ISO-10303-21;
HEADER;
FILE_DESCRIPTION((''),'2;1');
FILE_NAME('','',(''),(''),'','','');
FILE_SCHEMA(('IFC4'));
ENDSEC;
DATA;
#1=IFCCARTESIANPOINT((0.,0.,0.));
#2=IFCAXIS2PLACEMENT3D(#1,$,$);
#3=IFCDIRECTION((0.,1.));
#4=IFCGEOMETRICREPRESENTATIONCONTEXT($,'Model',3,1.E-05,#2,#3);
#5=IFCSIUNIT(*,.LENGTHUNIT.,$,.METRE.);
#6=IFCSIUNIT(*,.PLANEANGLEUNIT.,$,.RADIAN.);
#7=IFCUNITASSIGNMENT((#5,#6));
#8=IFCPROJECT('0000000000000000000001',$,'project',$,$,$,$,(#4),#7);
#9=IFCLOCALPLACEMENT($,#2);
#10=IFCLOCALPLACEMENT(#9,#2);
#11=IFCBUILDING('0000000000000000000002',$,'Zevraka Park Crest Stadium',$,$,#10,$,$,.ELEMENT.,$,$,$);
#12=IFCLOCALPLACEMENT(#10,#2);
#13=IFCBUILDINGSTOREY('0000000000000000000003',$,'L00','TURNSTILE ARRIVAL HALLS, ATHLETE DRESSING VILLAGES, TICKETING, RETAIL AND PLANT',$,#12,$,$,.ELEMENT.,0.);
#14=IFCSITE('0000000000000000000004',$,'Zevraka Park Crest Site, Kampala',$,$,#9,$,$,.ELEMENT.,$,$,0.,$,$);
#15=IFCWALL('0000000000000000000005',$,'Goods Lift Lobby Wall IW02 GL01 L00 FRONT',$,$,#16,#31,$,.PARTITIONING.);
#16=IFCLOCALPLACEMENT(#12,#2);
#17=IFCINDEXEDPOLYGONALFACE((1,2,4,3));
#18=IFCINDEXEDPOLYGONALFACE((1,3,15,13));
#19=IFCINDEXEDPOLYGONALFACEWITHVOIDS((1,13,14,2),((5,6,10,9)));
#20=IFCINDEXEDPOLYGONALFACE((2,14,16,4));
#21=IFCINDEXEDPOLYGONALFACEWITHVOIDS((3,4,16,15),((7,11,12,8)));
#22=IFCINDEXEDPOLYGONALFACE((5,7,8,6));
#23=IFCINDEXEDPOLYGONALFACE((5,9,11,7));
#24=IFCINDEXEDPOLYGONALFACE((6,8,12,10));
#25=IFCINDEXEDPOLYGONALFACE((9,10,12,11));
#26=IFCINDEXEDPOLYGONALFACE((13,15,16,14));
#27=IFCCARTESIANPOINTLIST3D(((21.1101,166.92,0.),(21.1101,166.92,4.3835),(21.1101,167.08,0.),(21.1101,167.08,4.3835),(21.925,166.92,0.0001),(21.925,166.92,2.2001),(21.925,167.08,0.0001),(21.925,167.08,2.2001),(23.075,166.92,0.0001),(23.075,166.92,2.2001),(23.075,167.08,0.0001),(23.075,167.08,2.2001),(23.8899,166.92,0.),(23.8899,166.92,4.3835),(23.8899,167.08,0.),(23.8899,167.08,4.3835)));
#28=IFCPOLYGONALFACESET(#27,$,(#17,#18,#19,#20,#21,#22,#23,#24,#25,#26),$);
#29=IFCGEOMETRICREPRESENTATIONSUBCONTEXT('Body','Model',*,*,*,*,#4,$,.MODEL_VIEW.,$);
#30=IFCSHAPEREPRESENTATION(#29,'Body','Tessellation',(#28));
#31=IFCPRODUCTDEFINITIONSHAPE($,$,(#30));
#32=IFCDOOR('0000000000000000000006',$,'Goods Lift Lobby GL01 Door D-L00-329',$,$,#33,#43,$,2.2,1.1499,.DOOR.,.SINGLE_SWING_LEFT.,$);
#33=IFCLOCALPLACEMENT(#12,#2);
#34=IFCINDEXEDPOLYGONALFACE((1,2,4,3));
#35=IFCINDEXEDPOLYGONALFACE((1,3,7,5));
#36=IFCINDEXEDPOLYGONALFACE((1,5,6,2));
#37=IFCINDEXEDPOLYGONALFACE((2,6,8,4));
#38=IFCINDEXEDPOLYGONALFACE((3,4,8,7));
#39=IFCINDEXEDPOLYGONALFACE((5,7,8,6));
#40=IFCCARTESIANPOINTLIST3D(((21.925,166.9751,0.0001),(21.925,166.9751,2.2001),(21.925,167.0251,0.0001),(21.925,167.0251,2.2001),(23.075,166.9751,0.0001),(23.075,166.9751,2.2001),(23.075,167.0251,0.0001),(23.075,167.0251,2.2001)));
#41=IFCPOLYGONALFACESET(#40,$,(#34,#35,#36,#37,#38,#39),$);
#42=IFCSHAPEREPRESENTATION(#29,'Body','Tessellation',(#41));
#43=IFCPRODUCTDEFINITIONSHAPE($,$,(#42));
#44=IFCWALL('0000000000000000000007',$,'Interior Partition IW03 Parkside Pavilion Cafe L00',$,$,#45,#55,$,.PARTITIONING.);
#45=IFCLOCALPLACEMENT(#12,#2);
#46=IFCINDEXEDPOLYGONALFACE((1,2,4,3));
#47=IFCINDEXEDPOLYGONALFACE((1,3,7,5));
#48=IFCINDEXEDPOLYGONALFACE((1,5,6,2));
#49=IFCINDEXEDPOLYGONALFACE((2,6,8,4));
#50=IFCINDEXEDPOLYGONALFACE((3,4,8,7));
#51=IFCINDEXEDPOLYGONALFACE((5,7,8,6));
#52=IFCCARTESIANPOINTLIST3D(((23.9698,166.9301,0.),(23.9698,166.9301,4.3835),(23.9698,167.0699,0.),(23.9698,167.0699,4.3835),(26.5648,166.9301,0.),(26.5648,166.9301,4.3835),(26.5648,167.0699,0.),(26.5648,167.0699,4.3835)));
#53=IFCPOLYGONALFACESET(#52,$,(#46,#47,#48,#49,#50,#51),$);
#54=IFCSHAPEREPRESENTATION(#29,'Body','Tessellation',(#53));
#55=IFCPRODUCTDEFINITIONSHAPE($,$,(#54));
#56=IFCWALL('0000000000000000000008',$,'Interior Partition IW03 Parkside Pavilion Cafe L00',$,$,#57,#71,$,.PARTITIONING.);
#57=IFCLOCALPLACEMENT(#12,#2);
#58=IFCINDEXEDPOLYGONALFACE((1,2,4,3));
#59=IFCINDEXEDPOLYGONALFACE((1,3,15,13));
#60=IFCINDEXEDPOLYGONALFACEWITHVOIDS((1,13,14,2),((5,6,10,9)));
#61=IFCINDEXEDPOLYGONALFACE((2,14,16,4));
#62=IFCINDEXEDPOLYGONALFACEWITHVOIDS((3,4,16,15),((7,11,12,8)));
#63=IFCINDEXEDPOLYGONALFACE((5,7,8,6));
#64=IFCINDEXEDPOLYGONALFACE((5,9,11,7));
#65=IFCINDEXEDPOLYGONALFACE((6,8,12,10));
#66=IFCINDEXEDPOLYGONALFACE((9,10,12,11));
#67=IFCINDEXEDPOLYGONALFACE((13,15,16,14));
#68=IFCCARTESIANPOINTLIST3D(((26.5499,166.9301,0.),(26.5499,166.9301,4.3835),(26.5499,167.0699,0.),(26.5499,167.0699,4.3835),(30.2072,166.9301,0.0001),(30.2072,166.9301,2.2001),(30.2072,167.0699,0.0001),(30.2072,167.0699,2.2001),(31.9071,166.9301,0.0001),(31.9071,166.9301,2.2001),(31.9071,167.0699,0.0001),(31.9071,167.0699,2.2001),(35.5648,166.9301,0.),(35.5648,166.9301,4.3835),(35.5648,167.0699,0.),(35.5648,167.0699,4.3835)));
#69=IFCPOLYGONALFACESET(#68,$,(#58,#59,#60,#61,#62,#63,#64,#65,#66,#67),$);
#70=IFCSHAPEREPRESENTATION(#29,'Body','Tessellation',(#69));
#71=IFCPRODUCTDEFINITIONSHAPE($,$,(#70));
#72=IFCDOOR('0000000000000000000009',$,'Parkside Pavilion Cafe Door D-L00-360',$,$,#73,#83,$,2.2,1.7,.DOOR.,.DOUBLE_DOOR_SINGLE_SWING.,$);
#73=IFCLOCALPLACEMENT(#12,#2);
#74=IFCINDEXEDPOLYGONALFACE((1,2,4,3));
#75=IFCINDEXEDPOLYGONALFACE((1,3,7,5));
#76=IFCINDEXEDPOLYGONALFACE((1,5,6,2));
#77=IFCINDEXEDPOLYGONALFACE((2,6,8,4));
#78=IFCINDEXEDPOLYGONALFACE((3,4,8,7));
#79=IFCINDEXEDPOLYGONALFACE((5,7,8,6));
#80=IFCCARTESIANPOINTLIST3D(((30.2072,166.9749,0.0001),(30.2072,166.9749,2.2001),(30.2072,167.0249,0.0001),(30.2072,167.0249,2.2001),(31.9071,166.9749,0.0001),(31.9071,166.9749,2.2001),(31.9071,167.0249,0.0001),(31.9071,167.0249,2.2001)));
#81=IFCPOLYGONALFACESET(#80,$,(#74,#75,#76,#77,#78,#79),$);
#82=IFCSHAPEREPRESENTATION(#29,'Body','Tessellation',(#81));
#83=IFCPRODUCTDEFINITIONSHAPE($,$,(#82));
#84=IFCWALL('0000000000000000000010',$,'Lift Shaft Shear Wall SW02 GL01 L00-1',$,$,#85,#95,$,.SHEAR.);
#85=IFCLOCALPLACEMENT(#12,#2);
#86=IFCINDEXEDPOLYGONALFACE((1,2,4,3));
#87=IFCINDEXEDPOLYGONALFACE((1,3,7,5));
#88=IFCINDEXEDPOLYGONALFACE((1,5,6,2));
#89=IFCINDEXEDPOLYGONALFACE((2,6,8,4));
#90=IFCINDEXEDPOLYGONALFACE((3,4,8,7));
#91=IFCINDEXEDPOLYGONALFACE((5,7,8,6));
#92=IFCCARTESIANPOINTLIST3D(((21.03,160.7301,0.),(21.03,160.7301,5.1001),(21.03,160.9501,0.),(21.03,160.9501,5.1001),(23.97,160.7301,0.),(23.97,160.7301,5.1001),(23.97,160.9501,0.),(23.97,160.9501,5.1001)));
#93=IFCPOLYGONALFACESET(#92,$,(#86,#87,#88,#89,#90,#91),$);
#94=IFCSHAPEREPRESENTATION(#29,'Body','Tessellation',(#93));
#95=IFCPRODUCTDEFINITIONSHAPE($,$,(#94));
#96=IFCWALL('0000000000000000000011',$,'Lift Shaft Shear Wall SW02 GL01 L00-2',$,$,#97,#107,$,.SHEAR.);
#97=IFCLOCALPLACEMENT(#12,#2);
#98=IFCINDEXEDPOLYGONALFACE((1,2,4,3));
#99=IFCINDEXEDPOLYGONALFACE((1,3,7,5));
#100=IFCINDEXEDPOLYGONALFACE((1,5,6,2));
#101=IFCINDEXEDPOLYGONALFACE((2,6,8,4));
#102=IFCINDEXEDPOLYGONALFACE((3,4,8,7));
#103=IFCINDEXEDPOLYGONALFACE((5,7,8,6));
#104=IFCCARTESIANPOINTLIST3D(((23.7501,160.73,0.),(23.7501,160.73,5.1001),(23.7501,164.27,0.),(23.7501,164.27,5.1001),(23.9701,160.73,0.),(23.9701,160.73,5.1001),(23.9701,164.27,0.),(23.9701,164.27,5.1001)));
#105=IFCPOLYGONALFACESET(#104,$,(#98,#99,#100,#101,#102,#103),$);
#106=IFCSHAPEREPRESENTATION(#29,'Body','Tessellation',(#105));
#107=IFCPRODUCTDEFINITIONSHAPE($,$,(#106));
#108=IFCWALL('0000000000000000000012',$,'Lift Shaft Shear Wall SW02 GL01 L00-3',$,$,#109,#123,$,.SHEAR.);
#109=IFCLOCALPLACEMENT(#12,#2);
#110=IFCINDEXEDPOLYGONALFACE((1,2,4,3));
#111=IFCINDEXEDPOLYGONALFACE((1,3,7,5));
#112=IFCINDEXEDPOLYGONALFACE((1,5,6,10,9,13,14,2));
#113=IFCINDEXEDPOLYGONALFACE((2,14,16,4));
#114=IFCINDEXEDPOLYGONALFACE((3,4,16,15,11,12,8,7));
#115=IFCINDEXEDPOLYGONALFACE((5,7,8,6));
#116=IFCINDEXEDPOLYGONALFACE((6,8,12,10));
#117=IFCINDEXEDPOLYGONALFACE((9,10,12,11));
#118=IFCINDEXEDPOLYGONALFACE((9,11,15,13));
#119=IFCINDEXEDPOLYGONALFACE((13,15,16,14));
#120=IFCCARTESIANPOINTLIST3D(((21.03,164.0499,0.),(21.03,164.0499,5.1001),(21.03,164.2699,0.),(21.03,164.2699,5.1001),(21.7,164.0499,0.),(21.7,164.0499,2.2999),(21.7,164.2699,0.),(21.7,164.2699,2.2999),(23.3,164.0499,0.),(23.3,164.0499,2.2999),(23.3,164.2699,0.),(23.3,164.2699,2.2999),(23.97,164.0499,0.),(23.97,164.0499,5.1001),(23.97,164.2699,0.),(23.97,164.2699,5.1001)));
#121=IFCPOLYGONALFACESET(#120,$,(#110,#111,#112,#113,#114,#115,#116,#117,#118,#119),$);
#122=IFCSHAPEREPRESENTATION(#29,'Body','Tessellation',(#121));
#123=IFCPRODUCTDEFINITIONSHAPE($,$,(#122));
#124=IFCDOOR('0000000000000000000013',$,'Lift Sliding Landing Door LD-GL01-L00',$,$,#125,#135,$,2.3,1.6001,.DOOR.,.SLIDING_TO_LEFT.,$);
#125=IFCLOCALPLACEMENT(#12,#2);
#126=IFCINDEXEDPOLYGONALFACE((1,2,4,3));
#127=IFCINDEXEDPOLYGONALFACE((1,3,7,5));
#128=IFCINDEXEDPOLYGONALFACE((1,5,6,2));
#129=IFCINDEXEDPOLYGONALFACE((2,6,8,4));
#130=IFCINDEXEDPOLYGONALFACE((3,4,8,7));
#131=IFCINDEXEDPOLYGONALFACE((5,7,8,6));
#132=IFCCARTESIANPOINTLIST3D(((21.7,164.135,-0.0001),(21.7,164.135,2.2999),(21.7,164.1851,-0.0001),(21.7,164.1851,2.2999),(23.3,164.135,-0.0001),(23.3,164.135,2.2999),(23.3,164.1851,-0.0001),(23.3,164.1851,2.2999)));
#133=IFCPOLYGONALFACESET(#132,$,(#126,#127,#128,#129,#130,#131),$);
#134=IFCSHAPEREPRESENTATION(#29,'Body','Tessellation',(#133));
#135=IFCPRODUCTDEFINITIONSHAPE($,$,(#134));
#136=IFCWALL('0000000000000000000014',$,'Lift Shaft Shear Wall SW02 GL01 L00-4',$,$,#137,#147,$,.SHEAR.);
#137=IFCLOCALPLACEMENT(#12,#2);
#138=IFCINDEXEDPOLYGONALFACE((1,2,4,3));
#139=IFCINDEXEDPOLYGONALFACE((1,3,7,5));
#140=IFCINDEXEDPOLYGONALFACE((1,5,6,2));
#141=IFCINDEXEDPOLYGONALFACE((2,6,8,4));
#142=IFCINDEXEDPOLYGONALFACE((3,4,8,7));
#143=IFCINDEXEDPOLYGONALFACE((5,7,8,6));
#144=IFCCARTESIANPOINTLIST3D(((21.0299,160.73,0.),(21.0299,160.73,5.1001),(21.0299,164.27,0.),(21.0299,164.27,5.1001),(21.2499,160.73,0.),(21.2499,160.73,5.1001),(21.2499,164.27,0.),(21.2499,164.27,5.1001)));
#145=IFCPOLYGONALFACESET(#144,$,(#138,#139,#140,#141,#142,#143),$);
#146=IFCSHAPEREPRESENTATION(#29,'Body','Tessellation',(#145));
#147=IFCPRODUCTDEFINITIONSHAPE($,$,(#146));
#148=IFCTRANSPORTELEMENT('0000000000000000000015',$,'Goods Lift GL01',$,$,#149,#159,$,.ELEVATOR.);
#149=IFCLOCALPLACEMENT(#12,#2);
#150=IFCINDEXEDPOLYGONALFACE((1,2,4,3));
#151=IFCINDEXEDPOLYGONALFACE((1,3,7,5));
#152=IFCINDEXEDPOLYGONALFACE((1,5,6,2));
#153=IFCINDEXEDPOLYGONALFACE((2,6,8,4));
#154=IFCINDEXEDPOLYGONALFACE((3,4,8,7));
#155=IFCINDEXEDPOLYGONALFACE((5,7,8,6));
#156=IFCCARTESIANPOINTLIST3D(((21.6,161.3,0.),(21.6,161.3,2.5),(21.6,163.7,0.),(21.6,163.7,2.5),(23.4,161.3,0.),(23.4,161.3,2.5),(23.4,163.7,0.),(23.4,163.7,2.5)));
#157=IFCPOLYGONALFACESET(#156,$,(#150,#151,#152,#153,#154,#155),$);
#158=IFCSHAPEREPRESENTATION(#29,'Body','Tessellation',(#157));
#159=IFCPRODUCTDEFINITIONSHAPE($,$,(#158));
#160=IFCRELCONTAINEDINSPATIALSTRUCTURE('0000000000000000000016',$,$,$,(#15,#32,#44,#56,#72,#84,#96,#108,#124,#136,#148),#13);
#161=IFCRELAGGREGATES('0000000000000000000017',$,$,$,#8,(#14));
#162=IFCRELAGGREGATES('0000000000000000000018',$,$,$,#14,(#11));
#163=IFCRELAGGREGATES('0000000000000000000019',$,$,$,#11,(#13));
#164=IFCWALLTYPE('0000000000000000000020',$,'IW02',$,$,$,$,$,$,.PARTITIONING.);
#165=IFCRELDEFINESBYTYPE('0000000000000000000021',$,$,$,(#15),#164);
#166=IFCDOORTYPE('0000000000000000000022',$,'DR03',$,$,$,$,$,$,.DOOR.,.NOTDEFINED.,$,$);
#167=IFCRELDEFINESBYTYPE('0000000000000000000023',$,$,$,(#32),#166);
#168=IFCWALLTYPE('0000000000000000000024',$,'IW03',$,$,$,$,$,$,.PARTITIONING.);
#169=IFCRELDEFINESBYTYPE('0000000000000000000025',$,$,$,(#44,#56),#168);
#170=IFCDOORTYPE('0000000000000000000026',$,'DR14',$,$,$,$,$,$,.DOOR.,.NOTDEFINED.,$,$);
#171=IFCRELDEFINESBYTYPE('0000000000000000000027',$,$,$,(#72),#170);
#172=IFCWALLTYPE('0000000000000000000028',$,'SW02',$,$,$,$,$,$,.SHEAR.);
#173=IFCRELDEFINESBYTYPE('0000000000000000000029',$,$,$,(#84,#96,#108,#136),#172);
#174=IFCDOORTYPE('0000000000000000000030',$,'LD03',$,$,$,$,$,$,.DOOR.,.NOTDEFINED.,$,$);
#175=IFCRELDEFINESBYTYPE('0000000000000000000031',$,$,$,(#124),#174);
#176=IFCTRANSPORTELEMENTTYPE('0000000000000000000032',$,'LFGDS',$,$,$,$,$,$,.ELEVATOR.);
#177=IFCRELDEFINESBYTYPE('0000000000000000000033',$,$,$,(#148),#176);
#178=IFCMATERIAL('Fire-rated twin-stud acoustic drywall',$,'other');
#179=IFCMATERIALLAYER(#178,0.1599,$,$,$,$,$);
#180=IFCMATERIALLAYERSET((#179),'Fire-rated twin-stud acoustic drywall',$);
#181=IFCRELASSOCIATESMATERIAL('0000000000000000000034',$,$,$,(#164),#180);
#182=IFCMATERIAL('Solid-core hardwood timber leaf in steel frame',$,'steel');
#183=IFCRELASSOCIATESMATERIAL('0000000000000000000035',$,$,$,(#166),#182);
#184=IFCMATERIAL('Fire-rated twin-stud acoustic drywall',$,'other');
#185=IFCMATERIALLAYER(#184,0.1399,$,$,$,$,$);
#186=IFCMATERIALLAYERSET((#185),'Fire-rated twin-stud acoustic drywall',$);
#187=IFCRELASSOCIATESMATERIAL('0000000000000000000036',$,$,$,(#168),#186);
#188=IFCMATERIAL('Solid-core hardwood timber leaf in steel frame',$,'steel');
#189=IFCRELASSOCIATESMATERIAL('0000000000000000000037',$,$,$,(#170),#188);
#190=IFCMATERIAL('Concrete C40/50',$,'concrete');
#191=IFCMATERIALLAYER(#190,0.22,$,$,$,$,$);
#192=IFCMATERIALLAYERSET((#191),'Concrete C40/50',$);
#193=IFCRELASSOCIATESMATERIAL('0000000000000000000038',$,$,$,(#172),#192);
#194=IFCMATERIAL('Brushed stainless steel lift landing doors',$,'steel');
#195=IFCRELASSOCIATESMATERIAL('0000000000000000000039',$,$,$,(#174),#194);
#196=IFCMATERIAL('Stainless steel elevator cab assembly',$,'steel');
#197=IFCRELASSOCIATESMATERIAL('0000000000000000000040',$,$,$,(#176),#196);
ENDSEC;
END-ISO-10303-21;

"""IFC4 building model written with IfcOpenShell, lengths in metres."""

from ifc_helpers import new_model, si_unit, direction, frame, frame_2d, origin, origin_2d, place, context, subcontext, project, spatial, rectangle, extrude, material, layer, layer_set, type_object, element, fill, save


model = new_model("IFC4")

# Units and contexts
model_context = context("Model", 3, precision=1e-05, world=origin(), true_north=direction((0.0, 1.0)))
body_context = subcontext(model_context, "Body", "Model", "MODEL_VIEW")
ifc_project = project(units=[si_unit("LENGTHUNIT", "METRE"), si_unit("PLANEANGLEUNIT", "RADIAN")], contexts=[model_context])

# Site, building, storey
site_placement = place(None, origin())
site = spatial("IfcSite", under=ifc_project, at=site_placement, Name="Zevraka Park Crest Site, Kampala", CompositionType="ELEMENT", RefElevation=0.0)
building_placement = place(site_placement, origin())
building = spatial("IfcBuilding", under=site, at=building_placement, Name="Zevraka Park Crest Stadium", CompositionType="ELEMENT")
storey_placement = place(building_placement, origin())
storey = spatial("IfcBuildingStorey", under=building, at=storey_placement, Name="L00", Description="TURNSTILE ARRIVAL HALLS, ATHLETE DRESSING VILLAGES, TICKETING, RETAIL AND PLANT", CompositionType="ELEMENT", Elevation=0.0)

# Shared definitions
ifc_material_1 = material(Name="Fire-rated twin-stud acoustic drywall", Category="other")
ifc_layer_1 = layer(ifc_material_1, 0.1599)
ifc_layer_set_1 = layer_set([ifc_layer_1], Name="Fire-rated twin-stud acoustic drywall")
wall_type_1 = type_object("IfcWallType", Name="IW02", PredefinedType="PARTITIONING", material=ifc_layer_set_1)

# Wall, opening, door
wall_1_placement = place(storey_placement, frame((23.8899, 167.0, 0.0), z_axis=(0.0, 0.0, 1.0), x_axis=(-1.0, 0.0, 0.0)))
wall_1 = element("IfcWall", 1, at=wall_1_placement, inside=storey, type_object=wall_type_1, Name="Goods Lift Lobby Wall IW02 GL01 L00 FRONT", PredefinedType="PARTITIONING", context=body_context, shape_type="SweptSolid", body=[
    extrude(rectangle(XDim=2.7798, YDim=0.1599, at=frame_2d((1.3899, 0.0))), origin(), (0.0, 0.0, 1.0), 4.3835),
])
opening_1_placement = place(wall_1_placement, frame((0.8149, 0.0, 0.0)))
opening_1 = element("IfcOpeningElement", 2, at=opening_1_placement, cuts=wall_1, PredefinedType="OPENING", context=body_context, shape_type="SweptSolid", body=[
    extrude(rectangle(XDim=1.1499, YDim=2.2, at=frame_2d((0.575, 1.1001))), frame((0.0, 0.0898, 0.0), z_axis=(0.0, -1.0, 0.0), x_axis=(1.0, 0.0, 0.0)), (0.0, 0.0, 1.0), 0.1799),
])
ifc_material_2 = material(Name="Solid-core hardwood timber leaf in steel frame", Category="steel")
door_type_1 = type_object("IfcDoorType", Name="DR03", OperationType="NOTDEFINED", PredefinedType="DOOR", material=ifc_material_2)
door_1_placement = place(opening_1_placement, origin())
door_1 = element("IfcDoor", 3, at=door_1_placement, inside=storey, type_object=door_type_1, Name="Goods Lift Lobby GL01 Door D-L00-329", OperationType="SINGLE_SWING_LEFT", OverallHeight=2.2, OverallWidth=1.1499, PredefinedType="DOOR", context=body_context, shape_type="SweptSolid", body=[
    extrude(rectangle(XDim=1.1499, YDim=2.2, at=frame_2d((0.575, 1.1001))), frame((0.0, 0.0249, 0.0), z_axis=(0.0, -1.0, 0.0), x_axis=(1.0, 0.0, 0.0)), (0.0, 0.0, 1.0), 0.05),
])
fill(opening_1, door_1)

# Wall
ifc_material_3 = material(Name="Fire-rated twin-stud acoustic drywall", Category="other")
ifc_layer_2 = layer(ifc_material_3, 0.1399)
ifc_layer_set_2 = layer_set([ifc_layer_2], Name="Fire-rated twin-stud acoustic drywall")
wall_type_2 = type_object("IfcWallType", Name="IW03", PredefinedType="PARTITIONING", material=ifc_layer_set_2)
wall_2_placement = place(storey_placement, frame((23.97, 167.0, 0.0), z_axis=(0.0, 0.0, 1.0), x_axis=(1.0, 0.0, 0.0)))
element("IfcWall", 4, at=wall_2_placement, inside=storey, type_object=wall_type_2, Name="Interior Partition IW03 Parkside Pavilion Cafe L00", PredefinedType="PARTITIONING", context=body_context, shape_type="SweptSolid", body=[
    extrude(rectangle(XDim=2.595, YDim=0.1399, at=frame_2d((1.2974, 0.0))), origin(), (0.0, 0.0, 1.0), 4.3835),
])

# Wall, opening, door
wall_3_placement = place(storey_placement, frame((26.55, 167.0, 0.0), z_axis=(0.0, 0.0, 1.0), x_axis=(1.0, 0.0, 0.0)))
wall_3 = element("IfcWall", 5, at=wall_3_placement, inside=storey, type_object=wall_type_2, Name="Interior Partition IW03 Parkside Pavilion Cafe L00", PredefinedType="PARTITIONING", context=body_context, shape_type="SweptSolid", body=[
    extrude(rectangle(XDim=9.0149, YDim=0.1399, at=frame_2d((4.5073, 0.0))), origin(), (0.0, 0.0, 1.0), 4.3835),
])
opening_2_placement = place(wall_3_placement, frame((3.657, 0.0, 0.0)))
opening_2 = element("IfcOpeningElement", 6, at=opening_2_placement, cuts=wall_3, PredefinedType="OPENING", context=body_context, shape_type="SweptSolid", body=[
    extrude(rectangle(XDim=1.7, YDim=2.2, at=frame_2d((0.8501, 1.1001))), frame((0.0, 0.0798, 0.0), z_axis=(0.0, -1.0, 0.0), x_axis=(1.0, 0.0, 0.0)), (0.0, 0.0, 1.0), 0.1599),
])
ifc_material_4 = material(Name="Solid-core hardwood timber leaf in steel frame", Category="steel")
door_type_2 = type_object("IfcDoorType", Name="DR14", OperationType="NOTDEFINED", PredefinedType="DOOR", material=ifc_material_4)
door_2_placement = place(opening_2_placement, origin())
door_2 = element("IfcDoor", 7, at=door_2_placement, inside=storey, type_object=door_type_2, Name="Parkside Pavilion Cafe Door D-L00-360", OperationType="DOUBLE_DOOR_SINGLE_SWING", OverallHeight=2.2, OverallWidth=1.7, PredefinedType="DOOR", context=body_context, shape_type="SweptSolid", body=[
    extrude(rectangle(XDim=1.7, YDim=2.2, at=frame_2d((0.8501, 1.1001))), frame((0.0, 0.0249, 0.0), z_axis=(0.0, -1.0, 0.0), x_axis=(1.0, 0.0, 0.0)), (0.0, 0.0, 1.0), 0.05),
])
fill(opening_2, door_2)

# Walls
ifc_material_5 = material(Name="Concrete C40/50", Category="concrete")
ifc_layer_3 = layer(ifc_material_5, 0.22)
ifc_layer_set_3 = layer_set([ifc_layer_3], Name="Concrete C40/50")
wall_type_3 = type_object("IfcWallType", Name="SW02", PredefinedType="SHEAR", material=ifc_layer_set_3)
wall_4_placement = place(storey_placement, frame((21.03, 160.8401, 0.0), z_axis=(0.0, 0.0, 1.0), x_axis=(1.0, 0.0, 0.0)))
element("IfcWall", 8, at=wall_4_placement, inside=storey, type_object=wall_type_3, Name="Lift Shaft Shear Wall SW02 GL01 L00-1", PredefinedType="SHEAR", context=body_context, shape_type="SweptSolid", body=[
    extrude(rectangle(XDim=2.9399, YDim=0.22, at=frame_2d((1.47, 0.0))), origin(), (0.0, 0.0, 1.0), 5.1001),
])
wall_5_placement = place(storey_placement, frame((23.8601, 160.73, 0.0), z_axis=(0.0, 0.0, 1.0), x_axis=(0.0, 1.0, 0.0)))
element("IfcWall", 9, at=wall_5_placement, inside=storey, type_object=wall_type_3, Name="Lift Shaft Shear Wall SW02 GL01 L00-2", PredefinedType="SHEAR", context=body_context, shape_type="SweptSolid", body=[
    extrude(rectangle(XDim=3.54, YDim=0.22, at=frame_2d((1.77, 0.0))), origin(), (0.0, 0.0, 1.0), 5.1001),
])

# Wall, opening, door
wall_6_placement = place(storey_placement, frame((23.97, 164.1599, 0.0), z_axis=(0.0, 0.0, 1.0), x_axis=(-1.0, 0.0, 0.0)))
wall_6 = element("IfcWall", 10, at=wall_6_placement, inside=storey, type_object=wall_type_3, Name="Lift Shaft Shear Wall SW02 GL01 L00-3", PredefinedType="SHEAR", context=body_context, shape_type="SweptSolid", body=[
    extrude(rectangle(XDim=2.9399, YDim=0.22, at=frame_2d((1.47, 0.0))), origin(), (0.0, 0.0, 1.0), 5.1001),
])
opening_3_placement = place(wall_6_placement, frame((0.6699, 0.0, 0.0)))
opening_3 = element("IfcOpeningElement", 11, at=opening_3_placement, cuts=wall_6, PredefinedType="OPENING", context=body_context, shape_type="SweptSolid", body=[
    extrude(rectangle(XDim=1.6001, YDim=2.3, at=frame_2d((0.8, 1.1499))), frame((0.0, 0.1199, 0.0), z_axis=(0.0, -1.0, 0.0), x_axis=(1.0, 0.0, 0.0)), (0.0, 0.0, 1.0), 0.24),
])
ifc_material_6 = material(Name="Brushed stainless steel lift landing doors", Category="steel")
door_type_3 = type_object("IfcDoorType", Name="LD03", OperationType="NOTDEFINED", PredefinedType="DOOR", material=ifc_material_6)
door_3_placement = place(opening_3_placement, origin())
door_3 = element("IfcDoor", 12, at=door_3_placement, inside=storey, type_object=door_type_3, Name="Lift Sliding Landing Door LD-GL01-L00", OperationType="SLIDING_TO_LEFT", OverallHeight=2.3, OverallWidth=1.6001, PredefinedType="DOOR", context=body_context, shape_type="SweptSolid", body=[
    extrude(rectangle(XDim=1.6001, YDim=2.3, at=frame_2d((0.8, 1.1499))), frame((0.0, 0.0249, 0.0), z_axis=(0.0, -1.0, 0.0), x_axis=(1.0, 0.0, 0.0)), (0.0, 0.0, 1.0), 0.05),
])
fill(opening_3, door_3)

# Wall
wall_7_placement = place(storey_placement, frame((21.1399, 164.27, 0.0), z_axis=(0.0, 0.0, 1.0), x_axis=(0.0, -1.0, 0.0)))
element("IfcWall", 13, at=wall_7_placement, inside=storey, type_object=wall_type_3, Name="Lift Shaft Shear Wall SW02 GL01 L00-4", PredefinedType="SHEAR", context=body_context, shape_type="SweptSolid", body=[
    extrude(rectangle(XDim=3.54, YDim=0.22, at=frame_2d((1.77, 0.0))), origin(), (0.0, 0.0, 1.0), 5.1001),
])

# Transport element
ifc_material_7 = material(Name="Stainless steel elevator cab assembly", Category="steel")
transport_element_type = type_object("IfcTransportElementType", Name="LFGDS", PredefinedType="ELEVATOR", material=ifc_material_7)
transport_element_placement = place(storey_placement, frame((22.5, 162.5, 0.0), z_axis=(0.0, 0.0, 1.0), x_axis=(1.0, 0.0, 0.0)))
element("IfcTransportElement", 14, at=transport_element_placement, inside=storey, type_object=transport_element_type, Name="Goods Lift GL01", PredefinedType="ELEVATOR", context=body_context, shape_type="SweptSolid", body=[
    extrude(rectangle(XDim=1.8, YDim=2.3999, at=origin_2d()), origin(), (0.0, 0.0, 1.0), 2.5),
])

save(model, "model.ifc")
